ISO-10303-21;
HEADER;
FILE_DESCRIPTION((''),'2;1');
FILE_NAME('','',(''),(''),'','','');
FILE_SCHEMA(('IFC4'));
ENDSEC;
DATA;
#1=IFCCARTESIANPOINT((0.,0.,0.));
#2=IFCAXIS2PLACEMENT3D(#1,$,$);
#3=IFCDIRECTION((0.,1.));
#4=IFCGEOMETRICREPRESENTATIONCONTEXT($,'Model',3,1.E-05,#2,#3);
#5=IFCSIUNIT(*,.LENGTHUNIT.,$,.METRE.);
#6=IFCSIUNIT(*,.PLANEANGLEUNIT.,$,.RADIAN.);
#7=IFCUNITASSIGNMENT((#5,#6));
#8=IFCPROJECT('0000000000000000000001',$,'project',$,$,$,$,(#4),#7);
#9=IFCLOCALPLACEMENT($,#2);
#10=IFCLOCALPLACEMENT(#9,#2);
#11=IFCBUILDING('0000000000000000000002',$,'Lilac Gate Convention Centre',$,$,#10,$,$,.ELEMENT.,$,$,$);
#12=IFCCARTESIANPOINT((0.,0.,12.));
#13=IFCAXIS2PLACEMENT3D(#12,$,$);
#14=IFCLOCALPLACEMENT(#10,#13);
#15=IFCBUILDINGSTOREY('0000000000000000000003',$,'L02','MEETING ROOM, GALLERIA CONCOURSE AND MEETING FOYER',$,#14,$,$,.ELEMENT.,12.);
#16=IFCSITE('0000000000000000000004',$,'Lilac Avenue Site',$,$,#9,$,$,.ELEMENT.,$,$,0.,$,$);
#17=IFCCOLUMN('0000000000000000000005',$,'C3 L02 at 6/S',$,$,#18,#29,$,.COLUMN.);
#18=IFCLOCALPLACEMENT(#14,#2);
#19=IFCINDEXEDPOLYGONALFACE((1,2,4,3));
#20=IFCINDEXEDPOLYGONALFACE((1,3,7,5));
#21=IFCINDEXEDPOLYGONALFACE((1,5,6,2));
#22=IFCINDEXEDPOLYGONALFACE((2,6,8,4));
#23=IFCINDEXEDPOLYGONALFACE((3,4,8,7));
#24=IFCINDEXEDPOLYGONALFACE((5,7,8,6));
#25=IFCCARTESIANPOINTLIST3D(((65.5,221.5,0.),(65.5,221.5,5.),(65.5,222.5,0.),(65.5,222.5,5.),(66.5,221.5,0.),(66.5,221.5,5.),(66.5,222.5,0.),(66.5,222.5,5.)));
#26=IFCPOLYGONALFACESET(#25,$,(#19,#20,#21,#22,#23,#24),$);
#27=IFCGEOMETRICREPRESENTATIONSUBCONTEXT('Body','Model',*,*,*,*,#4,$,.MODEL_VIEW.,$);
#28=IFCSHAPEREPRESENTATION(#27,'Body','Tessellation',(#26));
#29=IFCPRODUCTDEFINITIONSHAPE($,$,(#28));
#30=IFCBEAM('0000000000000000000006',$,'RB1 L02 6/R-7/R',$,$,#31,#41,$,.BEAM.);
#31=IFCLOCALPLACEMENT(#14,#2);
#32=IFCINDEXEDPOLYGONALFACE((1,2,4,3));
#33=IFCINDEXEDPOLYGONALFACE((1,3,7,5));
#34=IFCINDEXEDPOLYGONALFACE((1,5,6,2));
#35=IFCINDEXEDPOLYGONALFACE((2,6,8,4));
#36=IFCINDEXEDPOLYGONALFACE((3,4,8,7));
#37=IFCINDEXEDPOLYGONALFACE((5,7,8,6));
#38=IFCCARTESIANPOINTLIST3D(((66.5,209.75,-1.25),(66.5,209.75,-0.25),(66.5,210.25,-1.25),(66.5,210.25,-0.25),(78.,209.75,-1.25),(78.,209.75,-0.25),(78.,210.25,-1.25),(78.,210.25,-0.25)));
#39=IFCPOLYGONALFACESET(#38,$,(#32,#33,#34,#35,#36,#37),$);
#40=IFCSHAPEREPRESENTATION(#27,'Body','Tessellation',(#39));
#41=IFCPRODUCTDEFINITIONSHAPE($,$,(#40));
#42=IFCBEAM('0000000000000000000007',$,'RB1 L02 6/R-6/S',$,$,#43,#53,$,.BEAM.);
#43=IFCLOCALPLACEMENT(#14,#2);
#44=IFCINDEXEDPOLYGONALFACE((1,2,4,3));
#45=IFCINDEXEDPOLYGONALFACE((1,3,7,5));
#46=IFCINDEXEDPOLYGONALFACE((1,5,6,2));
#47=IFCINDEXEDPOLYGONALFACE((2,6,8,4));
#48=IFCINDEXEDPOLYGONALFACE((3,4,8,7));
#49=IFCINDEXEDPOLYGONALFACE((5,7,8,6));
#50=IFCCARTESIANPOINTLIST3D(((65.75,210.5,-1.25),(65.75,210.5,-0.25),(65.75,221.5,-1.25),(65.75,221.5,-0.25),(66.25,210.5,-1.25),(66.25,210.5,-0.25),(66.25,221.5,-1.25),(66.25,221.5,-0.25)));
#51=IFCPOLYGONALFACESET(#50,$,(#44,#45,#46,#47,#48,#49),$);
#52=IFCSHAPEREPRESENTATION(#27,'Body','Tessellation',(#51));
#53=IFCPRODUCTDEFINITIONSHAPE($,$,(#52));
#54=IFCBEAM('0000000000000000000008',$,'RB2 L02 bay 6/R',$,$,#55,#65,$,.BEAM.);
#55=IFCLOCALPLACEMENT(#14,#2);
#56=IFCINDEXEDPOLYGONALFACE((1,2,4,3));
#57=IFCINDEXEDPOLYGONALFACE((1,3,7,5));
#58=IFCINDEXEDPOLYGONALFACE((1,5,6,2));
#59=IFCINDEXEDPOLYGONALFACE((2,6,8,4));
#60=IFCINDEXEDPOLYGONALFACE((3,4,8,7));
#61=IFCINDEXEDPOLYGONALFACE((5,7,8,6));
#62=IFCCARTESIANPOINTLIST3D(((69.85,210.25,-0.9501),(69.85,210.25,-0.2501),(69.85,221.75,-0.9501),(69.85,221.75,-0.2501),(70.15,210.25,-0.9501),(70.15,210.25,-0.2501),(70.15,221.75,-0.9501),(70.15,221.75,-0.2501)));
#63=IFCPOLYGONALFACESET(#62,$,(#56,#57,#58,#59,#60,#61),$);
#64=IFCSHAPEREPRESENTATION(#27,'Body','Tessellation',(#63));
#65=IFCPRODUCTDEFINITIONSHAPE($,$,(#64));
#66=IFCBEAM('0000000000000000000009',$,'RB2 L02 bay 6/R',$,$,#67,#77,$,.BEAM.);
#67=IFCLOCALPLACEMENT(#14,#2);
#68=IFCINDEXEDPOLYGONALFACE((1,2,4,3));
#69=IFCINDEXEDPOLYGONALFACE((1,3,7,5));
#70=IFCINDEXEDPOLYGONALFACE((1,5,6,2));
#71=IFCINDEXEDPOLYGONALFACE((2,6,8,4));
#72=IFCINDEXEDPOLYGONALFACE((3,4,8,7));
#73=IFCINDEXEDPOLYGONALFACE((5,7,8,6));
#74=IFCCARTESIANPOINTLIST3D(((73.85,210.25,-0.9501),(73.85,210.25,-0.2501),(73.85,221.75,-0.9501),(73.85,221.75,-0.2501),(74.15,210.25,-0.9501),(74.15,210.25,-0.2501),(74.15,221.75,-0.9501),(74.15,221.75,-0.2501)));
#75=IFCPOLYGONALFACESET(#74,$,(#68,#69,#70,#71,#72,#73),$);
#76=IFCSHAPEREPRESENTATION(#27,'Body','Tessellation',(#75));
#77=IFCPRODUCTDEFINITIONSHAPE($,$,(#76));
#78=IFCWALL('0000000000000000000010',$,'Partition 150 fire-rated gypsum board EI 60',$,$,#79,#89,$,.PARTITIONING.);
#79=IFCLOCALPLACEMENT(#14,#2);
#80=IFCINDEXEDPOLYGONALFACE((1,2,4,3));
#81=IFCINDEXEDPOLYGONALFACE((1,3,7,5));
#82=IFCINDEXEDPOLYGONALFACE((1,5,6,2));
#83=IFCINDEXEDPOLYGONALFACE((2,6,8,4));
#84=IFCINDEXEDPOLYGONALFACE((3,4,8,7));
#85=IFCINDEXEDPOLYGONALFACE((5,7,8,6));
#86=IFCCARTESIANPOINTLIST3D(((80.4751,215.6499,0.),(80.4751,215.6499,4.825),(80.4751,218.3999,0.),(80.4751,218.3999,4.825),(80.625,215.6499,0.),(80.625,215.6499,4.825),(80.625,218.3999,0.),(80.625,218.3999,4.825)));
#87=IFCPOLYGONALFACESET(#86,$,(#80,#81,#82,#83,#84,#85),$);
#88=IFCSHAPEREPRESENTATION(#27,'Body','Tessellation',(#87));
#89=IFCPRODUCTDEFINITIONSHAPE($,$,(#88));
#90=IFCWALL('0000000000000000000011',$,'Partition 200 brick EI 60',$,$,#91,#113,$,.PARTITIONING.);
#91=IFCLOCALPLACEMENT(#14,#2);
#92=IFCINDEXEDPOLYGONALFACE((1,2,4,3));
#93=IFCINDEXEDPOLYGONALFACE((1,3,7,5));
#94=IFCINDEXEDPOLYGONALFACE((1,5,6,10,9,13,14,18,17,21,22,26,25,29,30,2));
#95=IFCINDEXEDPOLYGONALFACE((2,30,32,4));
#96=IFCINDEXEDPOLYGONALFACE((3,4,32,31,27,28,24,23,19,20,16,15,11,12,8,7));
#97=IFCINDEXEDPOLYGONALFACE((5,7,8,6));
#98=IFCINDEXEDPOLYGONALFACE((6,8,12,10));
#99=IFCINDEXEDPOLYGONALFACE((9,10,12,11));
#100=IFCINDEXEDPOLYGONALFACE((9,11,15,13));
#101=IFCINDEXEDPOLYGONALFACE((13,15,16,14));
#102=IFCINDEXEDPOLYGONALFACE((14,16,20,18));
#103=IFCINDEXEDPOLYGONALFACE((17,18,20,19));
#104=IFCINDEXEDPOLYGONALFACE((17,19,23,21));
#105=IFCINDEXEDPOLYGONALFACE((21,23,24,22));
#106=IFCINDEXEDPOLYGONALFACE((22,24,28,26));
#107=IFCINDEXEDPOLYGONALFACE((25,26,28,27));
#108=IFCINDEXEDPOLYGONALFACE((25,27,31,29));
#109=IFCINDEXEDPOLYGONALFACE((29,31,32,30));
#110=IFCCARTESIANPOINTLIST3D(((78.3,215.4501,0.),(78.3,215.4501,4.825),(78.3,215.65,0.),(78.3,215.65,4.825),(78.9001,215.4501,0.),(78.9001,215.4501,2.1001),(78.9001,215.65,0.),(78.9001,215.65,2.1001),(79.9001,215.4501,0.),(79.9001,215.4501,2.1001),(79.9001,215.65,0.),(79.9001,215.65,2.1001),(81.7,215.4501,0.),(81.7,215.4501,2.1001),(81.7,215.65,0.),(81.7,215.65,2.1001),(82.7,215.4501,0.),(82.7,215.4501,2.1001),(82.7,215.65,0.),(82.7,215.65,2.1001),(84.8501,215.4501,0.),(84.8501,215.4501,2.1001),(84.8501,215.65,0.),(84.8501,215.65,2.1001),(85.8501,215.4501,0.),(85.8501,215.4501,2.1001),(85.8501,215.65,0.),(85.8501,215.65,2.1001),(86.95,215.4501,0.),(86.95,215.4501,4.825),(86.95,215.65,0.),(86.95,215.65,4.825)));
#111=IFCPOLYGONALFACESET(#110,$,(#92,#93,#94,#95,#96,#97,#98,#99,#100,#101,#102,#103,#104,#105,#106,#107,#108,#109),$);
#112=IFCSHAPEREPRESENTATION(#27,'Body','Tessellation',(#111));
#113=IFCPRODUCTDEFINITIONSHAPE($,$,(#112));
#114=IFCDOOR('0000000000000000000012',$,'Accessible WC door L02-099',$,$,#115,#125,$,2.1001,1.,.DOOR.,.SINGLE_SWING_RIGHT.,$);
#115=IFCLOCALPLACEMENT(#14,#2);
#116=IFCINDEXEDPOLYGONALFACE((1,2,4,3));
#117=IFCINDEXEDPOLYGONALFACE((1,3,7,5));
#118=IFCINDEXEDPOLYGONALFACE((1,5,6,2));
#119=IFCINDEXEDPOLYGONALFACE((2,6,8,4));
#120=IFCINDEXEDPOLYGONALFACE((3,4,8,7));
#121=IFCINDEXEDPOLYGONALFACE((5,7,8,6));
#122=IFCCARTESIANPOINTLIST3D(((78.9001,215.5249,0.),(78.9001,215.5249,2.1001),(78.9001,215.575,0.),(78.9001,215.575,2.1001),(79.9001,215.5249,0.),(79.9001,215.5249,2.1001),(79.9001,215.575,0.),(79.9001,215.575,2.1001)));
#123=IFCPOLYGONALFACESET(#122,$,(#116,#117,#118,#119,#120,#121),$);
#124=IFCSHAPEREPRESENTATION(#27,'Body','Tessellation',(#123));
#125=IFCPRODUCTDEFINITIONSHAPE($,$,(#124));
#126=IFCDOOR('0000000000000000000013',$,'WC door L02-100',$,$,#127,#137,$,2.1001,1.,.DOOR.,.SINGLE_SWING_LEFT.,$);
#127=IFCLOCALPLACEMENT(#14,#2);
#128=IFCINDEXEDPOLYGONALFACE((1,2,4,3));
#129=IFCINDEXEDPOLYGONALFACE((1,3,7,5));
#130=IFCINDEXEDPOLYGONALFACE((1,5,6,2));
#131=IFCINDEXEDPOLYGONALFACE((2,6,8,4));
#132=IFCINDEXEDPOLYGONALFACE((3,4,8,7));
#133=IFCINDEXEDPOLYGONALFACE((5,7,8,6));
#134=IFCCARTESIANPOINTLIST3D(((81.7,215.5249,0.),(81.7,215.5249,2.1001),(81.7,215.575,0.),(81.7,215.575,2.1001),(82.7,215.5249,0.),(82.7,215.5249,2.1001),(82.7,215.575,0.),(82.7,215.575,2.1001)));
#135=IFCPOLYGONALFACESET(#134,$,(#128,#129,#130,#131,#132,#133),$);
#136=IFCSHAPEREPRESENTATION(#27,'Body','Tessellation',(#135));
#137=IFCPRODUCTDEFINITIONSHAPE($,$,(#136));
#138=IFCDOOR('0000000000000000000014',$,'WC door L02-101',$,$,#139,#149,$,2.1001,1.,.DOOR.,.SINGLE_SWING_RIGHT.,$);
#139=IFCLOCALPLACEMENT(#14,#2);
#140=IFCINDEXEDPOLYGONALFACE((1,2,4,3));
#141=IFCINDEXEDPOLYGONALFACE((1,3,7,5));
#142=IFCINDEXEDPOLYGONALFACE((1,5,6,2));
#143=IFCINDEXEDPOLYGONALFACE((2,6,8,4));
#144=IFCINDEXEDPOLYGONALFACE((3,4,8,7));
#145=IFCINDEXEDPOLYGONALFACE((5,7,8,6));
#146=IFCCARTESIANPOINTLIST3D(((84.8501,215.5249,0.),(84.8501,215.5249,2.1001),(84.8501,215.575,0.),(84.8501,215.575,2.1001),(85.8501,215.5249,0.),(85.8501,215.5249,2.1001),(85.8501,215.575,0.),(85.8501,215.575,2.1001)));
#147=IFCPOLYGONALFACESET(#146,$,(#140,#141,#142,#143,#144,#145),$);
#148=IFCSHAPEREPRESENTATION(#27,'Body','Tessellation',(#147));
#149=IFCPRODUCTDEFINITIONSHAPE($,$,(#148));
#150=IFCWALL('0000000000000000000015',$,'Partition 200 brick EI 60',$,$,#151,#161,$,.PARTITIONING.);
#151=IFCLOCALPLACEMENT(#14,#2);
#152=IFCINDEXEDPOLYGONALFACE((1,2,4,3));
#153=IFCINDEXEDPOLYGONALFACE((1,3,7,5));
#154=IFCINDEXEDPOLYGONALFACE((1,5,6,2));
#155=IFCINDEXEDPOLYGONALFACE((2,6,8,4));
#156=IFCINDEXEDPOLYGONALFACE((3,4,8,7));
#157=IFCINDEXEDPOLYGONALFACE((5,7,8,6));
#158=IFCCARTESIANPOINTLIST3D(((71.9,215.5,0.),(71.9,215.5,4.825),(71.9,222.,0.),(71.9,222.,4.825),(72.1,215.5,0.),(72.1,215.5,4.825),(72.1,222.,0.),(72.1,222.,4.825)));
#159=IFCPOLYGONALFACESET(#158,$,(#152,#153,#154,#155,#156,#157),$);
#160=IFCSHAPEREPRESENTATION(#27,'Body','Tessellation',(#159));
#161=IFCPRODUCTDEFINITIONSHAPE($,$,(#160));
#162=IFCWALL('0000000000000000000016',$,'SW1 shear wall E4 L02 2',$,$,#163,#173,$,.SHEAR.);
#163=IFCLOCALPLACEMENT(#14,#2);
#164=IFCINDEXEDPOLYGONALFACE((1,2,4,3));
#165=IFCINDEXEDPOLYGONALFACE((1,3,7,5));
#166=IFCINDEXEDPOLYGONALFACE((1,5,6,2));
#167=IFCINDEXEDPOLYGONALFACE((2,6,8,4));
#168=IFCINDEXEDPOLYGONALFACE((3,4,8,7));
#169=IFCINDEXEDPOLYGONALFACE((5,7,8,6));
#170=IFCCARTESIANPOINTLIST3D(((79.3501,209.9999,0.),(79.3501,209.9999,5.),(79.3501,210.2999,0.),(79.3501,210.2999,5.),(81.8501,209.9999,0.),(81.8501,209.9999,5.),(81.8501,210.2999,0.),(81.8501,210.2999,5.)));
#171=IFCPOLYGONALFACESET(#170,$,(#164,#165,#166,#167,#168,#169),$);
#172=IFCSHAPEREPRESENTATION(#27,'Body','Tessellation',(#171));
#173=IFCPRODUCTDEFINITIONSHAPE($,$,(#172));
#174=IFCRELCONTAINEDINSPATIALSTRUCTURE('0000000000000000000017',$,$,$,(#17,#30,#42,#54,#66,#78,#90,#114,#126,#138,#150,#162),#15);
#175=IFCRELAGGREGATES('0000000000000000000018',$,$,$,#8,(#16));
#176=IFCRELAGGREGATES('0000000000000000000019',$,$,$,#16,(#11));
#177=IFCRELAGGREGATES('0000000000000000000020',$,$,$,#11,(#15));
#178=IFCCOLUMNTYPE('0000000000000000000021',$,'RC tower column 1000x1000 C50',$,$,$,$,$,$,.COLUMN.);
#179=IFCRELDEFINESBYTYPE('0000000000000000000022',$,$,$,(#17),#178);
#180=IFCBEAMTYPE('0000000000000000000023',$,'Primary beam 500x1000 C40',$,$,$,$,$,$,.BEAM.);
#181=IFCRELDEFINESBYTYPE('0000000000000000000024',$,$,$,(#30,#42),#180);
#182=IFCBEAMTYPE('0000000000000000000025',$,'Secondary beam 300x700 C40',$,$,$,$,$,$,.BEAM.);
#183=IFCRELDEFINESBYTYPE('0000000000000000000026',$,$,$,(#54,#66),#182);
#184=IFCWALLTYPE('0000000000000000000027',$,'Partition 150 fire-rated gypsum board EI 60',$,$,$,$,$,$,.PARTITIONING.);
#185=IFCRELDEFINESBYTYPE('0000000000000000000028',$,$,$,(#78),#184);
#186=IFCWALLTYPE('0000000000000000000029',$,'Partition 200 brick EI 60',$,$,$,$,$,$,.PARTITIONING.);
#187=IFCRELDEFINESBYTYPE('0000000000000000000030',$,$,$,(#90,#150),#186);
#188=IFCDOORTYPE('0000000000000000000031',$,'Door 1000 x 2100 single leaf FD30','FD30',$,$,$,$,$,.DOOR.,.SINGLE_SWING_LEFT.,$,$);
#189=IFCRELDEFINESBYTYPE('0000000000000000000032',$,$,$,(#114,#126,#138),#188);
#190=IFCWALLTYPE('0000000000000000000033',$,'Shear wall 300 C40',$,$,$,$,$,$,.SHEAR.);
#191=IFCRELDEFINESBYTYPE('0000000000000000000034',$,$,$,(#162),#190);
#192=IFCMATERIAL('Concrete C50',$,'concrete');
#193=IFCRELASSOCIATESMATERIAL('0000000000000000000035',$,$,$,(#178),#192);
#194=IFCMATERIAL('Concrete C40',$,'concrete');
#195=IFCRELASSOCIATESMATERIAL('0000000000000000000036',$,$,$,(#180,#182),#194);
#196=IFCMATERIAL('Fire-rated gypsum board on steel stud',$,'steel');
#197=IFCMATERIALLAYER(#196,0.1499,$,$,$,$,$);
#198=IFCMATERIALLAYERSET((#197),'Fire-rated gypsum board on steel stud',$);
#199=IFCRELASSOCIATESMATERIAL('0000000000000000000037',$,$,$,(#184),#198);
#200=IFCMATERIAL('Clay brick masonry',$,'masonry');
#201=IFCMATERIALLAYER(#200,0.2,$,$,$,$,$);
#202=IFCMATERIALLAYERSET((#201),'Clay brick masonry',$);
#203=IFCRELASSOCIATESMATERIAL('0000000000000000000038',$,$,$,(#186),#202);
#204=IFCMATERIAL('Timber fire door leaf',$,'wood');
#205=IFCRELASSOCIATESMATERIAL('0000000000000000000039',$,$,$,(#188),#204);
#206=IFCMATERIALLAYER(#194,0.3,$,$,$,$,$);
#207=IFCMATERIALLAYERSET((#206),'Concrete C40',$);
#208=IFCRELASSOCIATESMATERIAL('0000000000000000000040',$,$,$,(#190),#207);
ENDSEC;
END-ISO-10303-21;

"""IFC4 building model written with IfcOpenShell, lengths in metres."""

from ifc_helpers import new_model, si_unit, direction, frame, frame_2d, origin, origin_2d, place, context, subcontext, project, spatial, rectangle, extrude, material, layer, layer_set, material_profile, profile_set, type_object, element, fill, save


model = new_model("IFC4")

# Units and contexts
model_context = context("Model", 3, precision=1e-05, world=origin(), true_north=direction((0.0, 1.0)))
body_context = subcontext(model_context, "Body", "Model", "MODEL_VIEW")
ifc_project = project(units=[si_unit("LENGTHUNIT", "METRE"), si_unit("PLANEANGLEUNIT", "RADIAN")], contexts=[model_context])

# Site, building, storey
site_placement = place(None, origin())
site = spatial("IfcSite", under=ifc_project, at=site_placement, Name="Lilac Avenue Site", CompositionType="ELEMENT", RefElevation=0.0)
building_placement = place(site_placement, origin())
building = spatial("IfcBuilding", under=site, at=building_placement, Name="Lilac Gate Convention Centre", CompositionType="ELEMENT")
storey_placement = place(building_placement, frame((0.0, 0.0, 12.0)))
storey = spatial("IfcBuildingStorey", under=building, at=storey_placement, Name="L02", Description="MEETING ROOM, GALLERIA CONCOURSE AND MEETING FOYER", CompositionType="ELEMENT", Elevation=12.0)

# Column
ifc_material_1 = material(Name="Concrete C50", Category="concrete")
ifc_material_profile_1 = material_profile(ifc_material_1, rectangle(XDim=1.0, YDim=1.0, at=origin_2d()), Name="RC 1000x1000")
ifc_profile_set_1 = profile_set([ifc_material_profile_1], Name="Concrete C50")
column_type = type_object("IfcColumnType", Name="RC tower column 1000x1000 C50", PredefinedType="COLUMN", material=ifc_profile_set_1)
column_placement = place(storey_placement, frame((66.0, 222.0, 0.0), z_axis=(0.0, 0.0, 1.0), x_axis=(1.0, 0.0, 0.0)))
element("IfcColumn", 1, at=column_placement, inside=storey, type_object=column_type, Name="C3 L02 at 6/S", PredefinedType="COLUMN", context=body_context, shape_type="SweptSolid", body=[
    extrude(rectangle(XDim=1.0, YDim=1.0, at=origin_2d()), origin(), (0.0, 0.0, 1.0), 5.0),
])

# Beams
ifc_material_2 = material(Name="Concrete C40", Category="concrete")
ifc_material_profile_2 = material_profile(ifc_material_2, rectangle(XDim=0.5, YDim=1.0, at=origin_2d()), Name="RC 500x1000")
ifc_profile_set_2 = profile_set([ifc_material_profile_2], Name="Concrete C40")
beam_type_1 = type_object("IfcBeamType", Name="Primary beam 500x1000 C40", PredefinedType="BEAM", material=ifc_profile_set_2)
beam_1_placement = place(storey_placement, frame((66.5, 210.0, -0.75), z_axis=(1.0, 0.0, 0.0), x_axis=(0.0, 1.0, 0.0)))
element("IfcBeam", 2, at=beam_1_placement, inside=storey, type_object=beam_type_1, Name="RB1 L02 6/R-7/R", PredefinedType="BEAM", context=body_context, shape_type="SweptSolid", body=[
    extrude(rectangle(XDim=0.5, YDim=1.0, at=origin_2d()), origin(), (0.0, 0.0, 1.0), 11.5),
])
beam_2_placement = place(storey_placement, frame((66.0, 210.5, -0.75), z_axis=(0.0, 1.0, 0.0), x_axis=(-1.0, 0.0, 0.0)))
element("IfcBeam", 3, at=beam_2_placement, inside=storey, type_object=beam_type_1, Name="RB1 L02 6/R-6/S", PredefinedType="BEAM", context=body_context, shape_type="SweptSolid", body=[
    extrude(rectangle(XDim=0.5, YDim=1.0, at=origin_2d()), origin(), (0.0, 0.0, 1.0), 11.0),
])
ifc_material_profile_3 = material_profile(ifc_material_2, rectangle(XDim=0.3, YDim=0.7, at=origin_2d()), Name="RC 300x700")
ifc_profile_set_3 = profile_set([ifc_material_profile_3], Name="Concrete C40")
beam_type_2 = type_object("IfcBeamType", Name="Secondary beam 300x700 C40", PredefinedType="BEAM", material=ifc_profile_set_3)
for number, where, z_axis, x_axis, name in (
    (4, (70.0, 210.25, -0.6001), (0.0, 1.0, 0.0), (-1.0, 0.0, 0.0), "RB2 L02 bay 6/R"),
    (5, (74.0, 210.25, -0.6001), (0.0, 1.0, 0.0), (-1.0, 0.0, 0.0), "RB2 L02 bay 6/R"),
):
    element("IfcBeam", number, at=place(storey_placement, frame(where, z_axis=z_axis, x_axis=x_axis)), inside=storey, type_object=beam_type_2, Name=name, PredefinedType="BEAM", context=body_context, shape_type="SweptSolid", body=[
        extrude(rectangle(XDim=0.3, YDim=0.7, at=origin_2d()), origin(), (0.0, 0.0, 1.0), 11.5),
    ])

# Wall
ifc_material_3 = material(Name="Fire-rated gypsum board on steel stud", Category="steel")
ifc_layer_1 = layer(ifc_material_3, 0.1499)
ifc_layer_set_1 = layer_set([ifc_layer_1], Name="Fire-rated gypsum board on steel stud")
wall_type_1 = type_object("IfcWallType", Name="Partition 150 fire-rated gypsum board EI 60", PredefinedType="PARTITIONING", material=ifc_layer_set_1)
wall_1_placement = place(storey_placement, frame((80.55, 215.6499, 0.0), z_axis=(0.0, 0.0, 1.0), x_axis=(0.0, 1.0, 0.0)))
element("IfcWall", 6, at=wall_1_placement, inside=storey, type_object=wall_type_1, Name="Partition 150 fire-rated gypsum board EI 60", PredefinedType="PARTITIONING", context=body_context, shape_type="SweptSolid", body=[
    extrude(rectangle(XDim=2.75, YDim=0.1499, at=frame_2d((1.375, 0.0))), origin(), (0.0, 0.0, 1.0), 4.825),
])

# Wall, openings, doors
ifc_material_4 = material(Name="Clay brick masonry", Category="masonry")
ifc_layer_2 = layer(ifc_material_4, 0.2)
ifc_layer_set_2 = layer_set([ifc_layer_2], Name="Clay brick masonry")
wall_type_2 = type_object("IfcWallType", Name="Partition 200 brick EI 60", PredefinedType="PARTITIONING", material=ifc_layer_set_2)
wall_2_placement = place(storey_placement, frame((78.3, 215.55, 0.0), z_axis=(0.0, 0.0, 1.0), x_axis=(1.0, 0.0, 0.0)))
wall_2 = element("IfcWall", 7, at=wall_2_placement, inside=storey, type_object=wall_type_2, Name="Partition 200 brick EI 60", PredefinedType="PARTITIONING", context=body_context, shape_type="SweptSolid", body=[
    extrude(rectangle(XDim=8.6499, YDim=0.2, at=frame_2d((4.325, 0.0))), origin(), (0.0, 0.0, 1.0), 4.825),
])
opening_1_placement = place(wall_2_placement, frame((0.6001, 0.0, 0.0)))
opening_1 = element("IfcOpeningElement", 8, at=opening_1_placement, cuts=wall_2, PredefinedType="OPENING", context=body_context, shape_type="SweptSolid", body=[
    extrude(rectangle(XDim=1.0, YDim=2.1001, at=frame_2d((0.5, 1.05))), frame((0.0, 0.1099, 0.0), z_axis=(0.0, -1.0, 0.0), x_axis=(1.0, 0.0, 0.0)), (0.0, 0.0, 1.0), 0.22),
])
opening_2_placement = place(wall_2_placement, frame((3.3999, 0.0, 0.0)))
opening_2 = element("IfcOpeningElement", 9, at=opening_2_placement, cuts=wall_2, PredefinedType="OPENING", context=body_context, shape_type="SweptSolid", body=[
    extrude(rectangle(XDim=1.0, YDim=2.1001, at=frame_2d((0.5, 1.05))), frame((0.0, 0.1099, 0.0), z_axis=(0.0, -1.0, 0.0), x_axis=(1.0, 0.0, 0.0)), (0.0, 0.0, 1.0), 0.22),
])
opening_3_placement = place(wall_2_placement, frame((6.55, 0.0, 0.0)))
opening_3 = element("IfcOpeningElement", 10, at=opening_3_placement, cuts=wall_2, PredefinedType="OPENING", context=body_context, shape_type="SweptSolid", body=[
    extrude(rectangle(XDim=1.0, YDim=2.1001, at=frame_2d((0.5, 1.05))), frame((0.0, 0.1099, 0.0), z_axis=(0.0, -1.0, 0.0), x_axis=(1.0, 0.0, 0.0)), (0.0, 0.0, 1.0), 0.22),
])
ifc_material_5 = material(Name="Timber fire door leaf", Category="wood")
door_type_1 = type_object("IfcDoorType", Name="Door 1000 x 2100 single leaf FD30", Description="FD30", OperationType="SINGLE_SWING_LEFT", PredefinedType="DOOR", material=ifc_material_5)
door_1_placement = place(opening_1_placement, origin())
door_1 = element("IfcDoor", 11, at=door_1_placement, inside=storey, type_object=door_type_1, Name="Accessible WC door L02-099", OperationType="SINGLE_SWING_RIGHT", OverallHeight=2.1001, OverallWidth=1.0, PredefinedType="DOOR", context=body_context, shape_type="SweptSolid", body=[
    extrude(rectangle(XDim=1.0, YDim=2.1001, at=frame_2d((0.5, 1.05))), frame((0.0, 0.0249, 0.0), z_axis=(0.0, -1.0, 0.0), x_axis=(1.0, 0.0, 0.0)), (0.0, 0.0, 1.0), 0.05),
])
fill(opening_1, door_1)
door_2_placement = place(opening_2_placement, origin())
door_2 = element("IfcDoor", 12, at=door_2_placement, inside=storey, type_object=door_type_1, Name="WC door L02-100", OperationType="SINGLE_SWING_LEFT", OverallHeight=2.1001, OverallWidth=1.0, PredefinedType="DOOR", context=body_context, shape_type="SweptSolid", body=[
    extrude(rectangle(XDim=1.0, YDim=2.1001, at=frame_2d((0.5, 1.05))), frame((0.0, 0.0249, 0.0), z_axis=(0.0, -1.0, 0.0), x_axis=(1.0, 0.0, 0.0)), (0.0, 0.0, 1.0), 0.05),
])
fill(opening_2, door_2)
door_3_placement = place(opening_3_placement, origin())
door_3 = element("IfcDoor", 13, at=door_3_placement, inside=storey, type_object=door_type_1, Name="WC door L02-101", OperationType="SINGLE_SWING_RIGHT", OverallHeight=2.1001, OverallWidth=1.0, PredefinedType="DOOR", context=body_context, shape_type="SweptSolid", body=[
    extrude(rectangle(XDim=1.0, YDim=2.1001, at=frame_2d((0.5, 1.05))), frame((0.0, 0.0249, 0.0), z_axis=(0.0, -1.0, 0.0), x_axis=(1.0, 0.0, 0.0)), (0.0, 0.0, 1.0), 0.05),
])
fill(opening_3, door_3)

# Walls
wall_3_placement = place(storey_placement, frame((72.0, 215.5, 0.0), z_axis=(0.0, 0.0, 1.0), x_axis=(0.0, 1.0, 0.0)))
element("IfcWall", 14, at=wall_3_placement, inside=storey, type_object=wall_type_2, Name="Partition 200 brick EI 60", PredefinedType="PARTITIONING", context=body_context, shape_type="SweptSolid", body=[
    extrude(rectangle(XDim=6.5, YDim=0.2, at=frame_2d((3.25, 0.0))), origin(), (0.0, 0.0, 1.0), 4.825),
])
ifc_layer_3 = layer(ifc_material_2, 0.3)
ifc_layer_set_3 = layer_set([ifc_layer_3], Name="Concrete C40")
wall_type_3 = type_object("IfcWallType", Name="Shear wall 300 C40", PredefinedType="SHEAR", material=ifc_layer_set_3)
wall_4_placement = place(storey_placement, frame((81.8501, 210.1499, 0.0), z_axis=(0.0, 0.0, 1.0), x_axis=(-1.0, 0.0, 0.0)))
element("IfcWall", 15, at=wall_4_placement, inside=storey, type_object=wall_type_3, Name="SW1 shear wall E4 L02 2", PredefinedType="SHEAR", context=body_context, shape_type="SweptSolid", body=[
    extrude(rectangle(XDim=2.5, YDim=0.3, at=frame_2d((1.25, 0.0))), origin(), (0.0, 0.0, 1.0), 5.0),
])

save(model, "model.ifc")
